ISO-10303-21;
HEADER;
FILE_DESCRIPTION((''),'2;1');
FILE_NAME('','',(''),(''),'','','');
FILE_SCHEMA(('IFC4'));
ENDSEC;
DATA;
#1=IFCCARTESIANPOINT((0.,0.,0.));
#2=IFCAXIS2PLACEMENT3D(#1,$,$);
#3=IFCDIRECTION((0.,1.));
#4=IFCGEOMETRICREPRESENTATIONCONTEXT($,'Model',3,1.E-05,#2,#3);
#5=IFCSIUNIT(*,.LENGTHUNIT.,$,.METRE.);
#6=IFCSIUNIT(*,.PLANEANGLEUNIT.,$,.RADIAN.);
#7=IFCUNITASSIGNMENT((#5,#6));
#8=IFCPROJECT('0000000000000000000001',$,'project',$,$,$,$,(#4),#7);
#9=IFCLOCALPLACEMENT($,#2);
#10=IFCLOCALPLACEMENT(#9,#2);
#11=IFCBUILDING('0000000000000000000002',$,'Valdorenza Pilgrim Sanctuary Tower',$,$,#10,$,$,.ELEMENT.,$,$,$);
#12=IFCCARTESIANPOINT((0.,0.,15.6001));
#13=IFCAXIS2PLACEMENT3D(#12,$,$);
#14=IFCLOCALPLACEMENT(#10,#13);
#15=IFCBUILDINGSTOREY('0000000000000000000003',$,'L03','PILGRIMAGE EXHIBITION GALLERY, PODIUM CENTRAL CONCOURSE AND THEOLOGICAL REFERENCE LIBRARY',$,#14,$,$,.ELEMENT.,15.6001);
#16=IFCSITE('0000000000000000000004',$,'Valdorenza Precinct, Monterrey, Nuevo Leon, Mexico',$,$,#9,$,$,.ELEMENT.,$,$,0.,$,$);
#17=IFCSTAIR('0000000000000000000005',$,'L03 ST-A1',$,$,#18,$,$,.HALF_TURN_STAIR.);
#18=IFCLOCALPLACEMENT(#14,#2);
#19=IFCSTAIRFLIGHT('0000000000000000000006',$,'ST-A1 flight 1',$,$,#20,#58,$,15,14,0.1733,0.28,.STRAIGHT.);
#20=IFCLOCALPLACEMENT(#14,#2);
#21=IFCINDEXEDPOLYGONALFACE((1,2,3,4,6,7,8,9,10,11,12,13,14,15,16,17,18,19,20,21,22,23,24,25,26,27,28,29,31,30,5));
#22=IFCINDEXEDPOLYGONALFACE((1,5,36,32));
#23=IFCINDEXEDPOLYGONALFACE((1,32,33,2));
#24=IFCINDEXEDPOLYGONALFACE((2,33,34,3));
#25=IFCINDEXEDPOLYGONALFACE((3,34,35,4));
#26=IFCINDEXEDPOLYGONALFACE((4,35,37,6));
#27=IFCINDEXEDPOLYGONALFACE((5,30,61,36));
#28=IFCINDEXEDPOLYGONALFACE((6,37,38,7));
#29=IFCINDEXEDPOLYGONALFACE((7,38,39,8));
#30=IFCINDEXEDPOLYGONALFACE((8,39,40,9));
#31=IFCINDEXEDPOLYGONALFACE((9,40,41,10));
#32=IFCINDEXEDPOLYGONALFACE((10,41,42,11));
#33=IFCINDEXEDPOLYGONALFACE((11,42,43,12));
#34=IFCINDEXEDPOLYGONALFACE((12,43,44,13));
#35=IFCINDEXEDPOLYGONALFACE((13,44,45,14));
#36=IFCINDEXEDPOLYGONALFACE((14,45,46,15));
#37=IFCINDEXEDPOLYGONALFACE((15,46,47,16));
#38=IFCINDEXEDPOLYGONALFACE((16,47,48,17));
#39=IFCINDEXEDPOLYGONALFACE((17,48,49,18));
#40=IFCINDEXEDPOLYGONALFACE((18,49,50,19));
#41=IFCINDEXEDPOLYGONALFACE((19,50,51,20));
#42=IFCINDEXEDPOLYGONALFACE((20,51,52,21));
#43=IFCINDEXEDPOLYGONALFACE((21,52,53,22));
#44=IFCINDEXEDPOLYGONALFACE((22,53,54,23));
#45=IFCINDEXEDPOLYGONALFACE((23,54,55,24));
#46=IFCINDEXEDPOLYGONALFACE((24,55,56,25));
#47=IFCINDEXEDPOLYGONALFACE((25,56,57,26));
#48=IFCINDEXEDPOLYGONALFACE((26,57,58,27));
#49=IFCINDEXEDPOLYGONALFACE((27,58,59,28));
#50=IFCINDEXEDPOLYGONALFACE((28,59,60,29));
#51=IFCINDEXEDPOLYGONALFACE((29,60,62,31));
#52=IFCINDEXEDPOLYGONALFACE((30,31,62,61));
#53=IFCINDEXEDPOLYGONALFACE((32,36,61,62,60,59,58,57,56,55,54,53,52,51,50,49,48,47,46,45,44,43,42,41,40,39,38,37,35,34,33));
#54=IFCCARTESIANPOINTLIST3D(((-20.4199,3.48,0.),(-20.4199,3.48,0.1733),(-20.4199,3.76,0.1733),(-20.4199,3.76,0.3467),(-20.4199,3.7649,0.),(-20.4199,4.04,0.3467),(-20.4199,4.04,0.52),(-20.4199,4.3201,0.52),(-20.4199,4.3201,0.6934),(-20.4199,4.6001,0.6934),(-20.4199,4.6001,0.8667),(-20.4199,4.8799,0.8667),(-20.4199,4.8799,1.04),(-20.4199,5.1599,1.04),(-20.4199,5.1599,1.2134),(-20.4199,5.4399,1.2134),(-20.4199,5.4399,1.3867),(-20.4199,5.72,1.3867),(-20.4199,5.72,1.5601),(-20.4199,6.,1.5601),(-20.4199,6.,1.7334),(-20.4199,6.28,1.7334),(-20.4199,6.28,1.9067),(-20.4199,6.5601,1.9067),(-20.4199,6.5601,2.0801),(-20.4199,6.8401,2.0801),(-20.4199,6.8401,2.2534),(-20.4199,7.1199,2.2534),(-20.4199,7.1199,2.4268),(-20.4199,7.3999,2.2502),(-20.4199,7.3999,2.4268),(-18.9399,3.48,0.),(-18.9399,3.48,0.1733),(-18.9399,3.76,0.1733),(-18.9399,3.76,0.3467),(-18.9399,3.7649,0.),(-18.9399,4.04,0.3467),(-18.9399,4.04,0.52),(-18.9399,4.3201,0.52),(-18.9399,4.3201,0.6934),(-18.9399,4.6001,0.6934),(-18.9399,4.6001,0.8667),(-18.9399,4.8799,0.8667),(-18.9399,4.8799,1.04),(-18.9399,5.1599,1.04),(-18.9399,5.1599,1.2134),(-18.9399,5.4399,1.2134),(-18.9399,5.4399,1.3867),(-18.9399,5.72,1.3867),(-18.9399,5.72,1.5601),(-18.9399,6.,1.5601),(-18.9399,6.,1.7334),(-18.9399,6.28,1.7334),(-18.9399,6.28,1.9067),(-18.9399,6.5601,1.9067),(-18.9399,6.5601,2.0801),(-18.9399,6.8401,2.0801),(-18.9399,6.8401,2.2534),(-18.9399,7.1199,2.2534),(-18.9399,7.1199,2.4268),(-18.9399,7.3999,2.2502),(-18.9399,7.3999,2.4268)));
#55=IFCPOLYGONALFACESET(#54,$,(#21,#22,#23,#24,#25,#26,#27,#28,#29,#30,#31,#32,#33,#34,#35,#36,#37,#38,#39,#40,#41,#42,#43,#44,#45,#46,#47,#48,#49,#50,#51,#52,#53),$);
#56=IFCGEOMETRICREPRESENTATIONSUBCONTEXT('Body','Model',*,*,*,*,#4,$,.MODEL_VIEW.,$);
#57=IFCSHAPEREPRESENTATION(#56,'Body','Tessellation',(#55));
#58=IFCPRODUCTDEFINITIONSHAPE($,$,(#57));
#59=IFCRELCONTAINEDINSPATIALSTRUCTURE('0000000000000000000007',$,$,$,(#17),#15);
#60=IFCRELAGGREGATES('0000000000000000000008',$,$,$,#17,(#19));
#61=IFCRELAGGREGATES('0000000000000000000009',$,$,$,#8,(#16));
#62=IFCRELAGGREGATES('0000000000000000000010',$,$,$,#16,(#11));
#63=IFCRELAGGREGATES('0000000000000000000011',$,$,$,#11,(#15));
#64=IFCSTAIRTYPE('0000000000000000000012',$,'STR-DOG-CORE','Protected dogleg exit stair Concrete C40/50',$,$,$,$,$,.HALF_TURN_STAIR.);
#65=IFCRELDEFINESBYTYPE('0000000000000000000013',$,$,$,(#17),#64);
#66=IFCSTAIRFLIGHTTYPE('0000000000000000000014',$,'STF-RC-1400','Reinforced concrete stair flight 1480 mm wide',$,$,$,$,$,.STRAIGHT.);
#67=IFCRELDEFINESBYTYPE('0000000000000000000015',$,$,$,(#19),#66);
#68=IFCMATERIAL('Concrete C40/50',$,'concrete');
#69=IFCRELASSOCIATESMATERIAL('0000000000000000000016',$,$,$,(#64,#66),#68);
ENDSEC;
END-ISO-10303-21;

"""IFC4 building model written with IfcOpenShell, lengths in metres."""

from ifc_helpers import new_model, si_unit, direction, frame, origin, place, context, subcontext, project, spatial, polyline, outline, extrude, material, type_object, element, aggregate, save


model = new_model("IFC4")

# Units and contexts
model_context = context("Model", 3, precision=1e-05, world=origin(), true_north=direction((0.0, 1.0)))
body_context = subcontext(model_context, "Body", "Model", "MODEL_VIEW")
ifc_project = project(units=[si_unit("LENGTHUNIT", "METRE"), si_unit("PLANEANGLEUNIT", "RADIAN")], contexts=[model_context])

# Site, building, storey
site_placement = place(None, origin())
site = spatial("IfcSite", under=ifc_project, at=site_placement, Name="Valdorenza Precinct, Monterrey, Nuevo Leon, Mexico", CompositionType="ELEMENT", RefElevation=0.0)
building_placement = place(site_placement, origin())
building = spatial("IfcBuilding", under=site, at=building_placement, Name="Valdorenza Pilgrim Sanctuary Tower", CompositionType="ELEMENT")
storey_placement = place(building_placement, frame((0.0, 0.0, 15.6001)))
storey = spatial("IfcBuildingStorey", under=building, at=storey_placement, Name="L03", Description="PILGRIMAGE EXHIBITION GALLERY, PODIUM CENTRAL CONCOURSE AND THEOLOGICAL REFERENCE LIBRARY", CompositionType="ELEMENT", Elevation=15.6001)

# Shared definitions
ifc_material_1 = material(Name="Concrete C40/50", Category="concrete")

# Stair, stair flight
stair_type = type_object("IfcStairType", Name="STR-DOG-CORE", Description="Protected dogleg exit stair Concrete C40/50", PredefinedType="HALF_TURN_STAIR", material=ifc_material_1)
stair_placement = place(storey_placement, origin())
stair = element("IfcStair", 1, at=stair_placement, inside=storey, type_object=stair_type, Name="L03 ST-A1", PredefinedType="HALF_TURN_STAIR")
stair_flight_type = type_object("IfcStairFlightType", Name="STF-RC-1400", Description="Reinforced concrete stair flight 1480 mm wide", PredefinedType="STRAIGHT", material=ifc_material_1)
stair_flight_placement = place(storey_placement, frame((-19.6799, 3.48, 0.0), z_axis=(0.0, 0.0, 1.0), x_axis=(0.0, 1.0, 0.0)))
stair_flight = element("IfcStairFlight", 2, at=stair_flight_placement, type_object=stair_flight_type, Name="ST-A1 flight 1", NumberOfRisers=15, NumberOfTreads=14, PredefinedType="STRAIGHT", RiserHeight=0.1733, TreadLength=0.28, context=body_context, shape_type="SweptSolid", body=[
    extrude(outline(polyline([(0.0, 0.0), (0.0, 0.1733), (0.28, 0.1733), (0.28, 0.3467), (0.5601, 0.3467), (0.5601, 0.52), (0.8401, 0.52), (0.8401, 0.6934), (1.1201, 0.6934), (1.1201, 0.8667), (1.3999, 0.8667), (1.3999, 1.04), (1.6799, 1.04), (1.6799, 1.2134), (1.96, 1.2134), (1.96, 1.3867), (2.24, 1.3867), (2.24, 1.5601), (2.52, 1.5601), (2.52, 1.7334), (2.8, 1.7334), (2.8, 1.9067), (3.0801, 1.9067), (3.0801, 2.0801), (3.3601, 2.0801), (3.3601, 2.2534), (3.6399, 2.2534), (3.6399, 2.4268), (3.9199, 2.4268), (3.9199, 2.6001), (3.9199, 2.2502), (0.2849, 0.0), (0.0, 0.0)])), frame((0.0, 0.74, 0.0), z_axis=(0.0, -1.0, 0.0), x_axis=(1.0, 0.0, 0.0)), (0.0, 0.0, 1.0), 1.48),
])
aggregate(stair, [stair_flight])

save(model, "model.ifc")
